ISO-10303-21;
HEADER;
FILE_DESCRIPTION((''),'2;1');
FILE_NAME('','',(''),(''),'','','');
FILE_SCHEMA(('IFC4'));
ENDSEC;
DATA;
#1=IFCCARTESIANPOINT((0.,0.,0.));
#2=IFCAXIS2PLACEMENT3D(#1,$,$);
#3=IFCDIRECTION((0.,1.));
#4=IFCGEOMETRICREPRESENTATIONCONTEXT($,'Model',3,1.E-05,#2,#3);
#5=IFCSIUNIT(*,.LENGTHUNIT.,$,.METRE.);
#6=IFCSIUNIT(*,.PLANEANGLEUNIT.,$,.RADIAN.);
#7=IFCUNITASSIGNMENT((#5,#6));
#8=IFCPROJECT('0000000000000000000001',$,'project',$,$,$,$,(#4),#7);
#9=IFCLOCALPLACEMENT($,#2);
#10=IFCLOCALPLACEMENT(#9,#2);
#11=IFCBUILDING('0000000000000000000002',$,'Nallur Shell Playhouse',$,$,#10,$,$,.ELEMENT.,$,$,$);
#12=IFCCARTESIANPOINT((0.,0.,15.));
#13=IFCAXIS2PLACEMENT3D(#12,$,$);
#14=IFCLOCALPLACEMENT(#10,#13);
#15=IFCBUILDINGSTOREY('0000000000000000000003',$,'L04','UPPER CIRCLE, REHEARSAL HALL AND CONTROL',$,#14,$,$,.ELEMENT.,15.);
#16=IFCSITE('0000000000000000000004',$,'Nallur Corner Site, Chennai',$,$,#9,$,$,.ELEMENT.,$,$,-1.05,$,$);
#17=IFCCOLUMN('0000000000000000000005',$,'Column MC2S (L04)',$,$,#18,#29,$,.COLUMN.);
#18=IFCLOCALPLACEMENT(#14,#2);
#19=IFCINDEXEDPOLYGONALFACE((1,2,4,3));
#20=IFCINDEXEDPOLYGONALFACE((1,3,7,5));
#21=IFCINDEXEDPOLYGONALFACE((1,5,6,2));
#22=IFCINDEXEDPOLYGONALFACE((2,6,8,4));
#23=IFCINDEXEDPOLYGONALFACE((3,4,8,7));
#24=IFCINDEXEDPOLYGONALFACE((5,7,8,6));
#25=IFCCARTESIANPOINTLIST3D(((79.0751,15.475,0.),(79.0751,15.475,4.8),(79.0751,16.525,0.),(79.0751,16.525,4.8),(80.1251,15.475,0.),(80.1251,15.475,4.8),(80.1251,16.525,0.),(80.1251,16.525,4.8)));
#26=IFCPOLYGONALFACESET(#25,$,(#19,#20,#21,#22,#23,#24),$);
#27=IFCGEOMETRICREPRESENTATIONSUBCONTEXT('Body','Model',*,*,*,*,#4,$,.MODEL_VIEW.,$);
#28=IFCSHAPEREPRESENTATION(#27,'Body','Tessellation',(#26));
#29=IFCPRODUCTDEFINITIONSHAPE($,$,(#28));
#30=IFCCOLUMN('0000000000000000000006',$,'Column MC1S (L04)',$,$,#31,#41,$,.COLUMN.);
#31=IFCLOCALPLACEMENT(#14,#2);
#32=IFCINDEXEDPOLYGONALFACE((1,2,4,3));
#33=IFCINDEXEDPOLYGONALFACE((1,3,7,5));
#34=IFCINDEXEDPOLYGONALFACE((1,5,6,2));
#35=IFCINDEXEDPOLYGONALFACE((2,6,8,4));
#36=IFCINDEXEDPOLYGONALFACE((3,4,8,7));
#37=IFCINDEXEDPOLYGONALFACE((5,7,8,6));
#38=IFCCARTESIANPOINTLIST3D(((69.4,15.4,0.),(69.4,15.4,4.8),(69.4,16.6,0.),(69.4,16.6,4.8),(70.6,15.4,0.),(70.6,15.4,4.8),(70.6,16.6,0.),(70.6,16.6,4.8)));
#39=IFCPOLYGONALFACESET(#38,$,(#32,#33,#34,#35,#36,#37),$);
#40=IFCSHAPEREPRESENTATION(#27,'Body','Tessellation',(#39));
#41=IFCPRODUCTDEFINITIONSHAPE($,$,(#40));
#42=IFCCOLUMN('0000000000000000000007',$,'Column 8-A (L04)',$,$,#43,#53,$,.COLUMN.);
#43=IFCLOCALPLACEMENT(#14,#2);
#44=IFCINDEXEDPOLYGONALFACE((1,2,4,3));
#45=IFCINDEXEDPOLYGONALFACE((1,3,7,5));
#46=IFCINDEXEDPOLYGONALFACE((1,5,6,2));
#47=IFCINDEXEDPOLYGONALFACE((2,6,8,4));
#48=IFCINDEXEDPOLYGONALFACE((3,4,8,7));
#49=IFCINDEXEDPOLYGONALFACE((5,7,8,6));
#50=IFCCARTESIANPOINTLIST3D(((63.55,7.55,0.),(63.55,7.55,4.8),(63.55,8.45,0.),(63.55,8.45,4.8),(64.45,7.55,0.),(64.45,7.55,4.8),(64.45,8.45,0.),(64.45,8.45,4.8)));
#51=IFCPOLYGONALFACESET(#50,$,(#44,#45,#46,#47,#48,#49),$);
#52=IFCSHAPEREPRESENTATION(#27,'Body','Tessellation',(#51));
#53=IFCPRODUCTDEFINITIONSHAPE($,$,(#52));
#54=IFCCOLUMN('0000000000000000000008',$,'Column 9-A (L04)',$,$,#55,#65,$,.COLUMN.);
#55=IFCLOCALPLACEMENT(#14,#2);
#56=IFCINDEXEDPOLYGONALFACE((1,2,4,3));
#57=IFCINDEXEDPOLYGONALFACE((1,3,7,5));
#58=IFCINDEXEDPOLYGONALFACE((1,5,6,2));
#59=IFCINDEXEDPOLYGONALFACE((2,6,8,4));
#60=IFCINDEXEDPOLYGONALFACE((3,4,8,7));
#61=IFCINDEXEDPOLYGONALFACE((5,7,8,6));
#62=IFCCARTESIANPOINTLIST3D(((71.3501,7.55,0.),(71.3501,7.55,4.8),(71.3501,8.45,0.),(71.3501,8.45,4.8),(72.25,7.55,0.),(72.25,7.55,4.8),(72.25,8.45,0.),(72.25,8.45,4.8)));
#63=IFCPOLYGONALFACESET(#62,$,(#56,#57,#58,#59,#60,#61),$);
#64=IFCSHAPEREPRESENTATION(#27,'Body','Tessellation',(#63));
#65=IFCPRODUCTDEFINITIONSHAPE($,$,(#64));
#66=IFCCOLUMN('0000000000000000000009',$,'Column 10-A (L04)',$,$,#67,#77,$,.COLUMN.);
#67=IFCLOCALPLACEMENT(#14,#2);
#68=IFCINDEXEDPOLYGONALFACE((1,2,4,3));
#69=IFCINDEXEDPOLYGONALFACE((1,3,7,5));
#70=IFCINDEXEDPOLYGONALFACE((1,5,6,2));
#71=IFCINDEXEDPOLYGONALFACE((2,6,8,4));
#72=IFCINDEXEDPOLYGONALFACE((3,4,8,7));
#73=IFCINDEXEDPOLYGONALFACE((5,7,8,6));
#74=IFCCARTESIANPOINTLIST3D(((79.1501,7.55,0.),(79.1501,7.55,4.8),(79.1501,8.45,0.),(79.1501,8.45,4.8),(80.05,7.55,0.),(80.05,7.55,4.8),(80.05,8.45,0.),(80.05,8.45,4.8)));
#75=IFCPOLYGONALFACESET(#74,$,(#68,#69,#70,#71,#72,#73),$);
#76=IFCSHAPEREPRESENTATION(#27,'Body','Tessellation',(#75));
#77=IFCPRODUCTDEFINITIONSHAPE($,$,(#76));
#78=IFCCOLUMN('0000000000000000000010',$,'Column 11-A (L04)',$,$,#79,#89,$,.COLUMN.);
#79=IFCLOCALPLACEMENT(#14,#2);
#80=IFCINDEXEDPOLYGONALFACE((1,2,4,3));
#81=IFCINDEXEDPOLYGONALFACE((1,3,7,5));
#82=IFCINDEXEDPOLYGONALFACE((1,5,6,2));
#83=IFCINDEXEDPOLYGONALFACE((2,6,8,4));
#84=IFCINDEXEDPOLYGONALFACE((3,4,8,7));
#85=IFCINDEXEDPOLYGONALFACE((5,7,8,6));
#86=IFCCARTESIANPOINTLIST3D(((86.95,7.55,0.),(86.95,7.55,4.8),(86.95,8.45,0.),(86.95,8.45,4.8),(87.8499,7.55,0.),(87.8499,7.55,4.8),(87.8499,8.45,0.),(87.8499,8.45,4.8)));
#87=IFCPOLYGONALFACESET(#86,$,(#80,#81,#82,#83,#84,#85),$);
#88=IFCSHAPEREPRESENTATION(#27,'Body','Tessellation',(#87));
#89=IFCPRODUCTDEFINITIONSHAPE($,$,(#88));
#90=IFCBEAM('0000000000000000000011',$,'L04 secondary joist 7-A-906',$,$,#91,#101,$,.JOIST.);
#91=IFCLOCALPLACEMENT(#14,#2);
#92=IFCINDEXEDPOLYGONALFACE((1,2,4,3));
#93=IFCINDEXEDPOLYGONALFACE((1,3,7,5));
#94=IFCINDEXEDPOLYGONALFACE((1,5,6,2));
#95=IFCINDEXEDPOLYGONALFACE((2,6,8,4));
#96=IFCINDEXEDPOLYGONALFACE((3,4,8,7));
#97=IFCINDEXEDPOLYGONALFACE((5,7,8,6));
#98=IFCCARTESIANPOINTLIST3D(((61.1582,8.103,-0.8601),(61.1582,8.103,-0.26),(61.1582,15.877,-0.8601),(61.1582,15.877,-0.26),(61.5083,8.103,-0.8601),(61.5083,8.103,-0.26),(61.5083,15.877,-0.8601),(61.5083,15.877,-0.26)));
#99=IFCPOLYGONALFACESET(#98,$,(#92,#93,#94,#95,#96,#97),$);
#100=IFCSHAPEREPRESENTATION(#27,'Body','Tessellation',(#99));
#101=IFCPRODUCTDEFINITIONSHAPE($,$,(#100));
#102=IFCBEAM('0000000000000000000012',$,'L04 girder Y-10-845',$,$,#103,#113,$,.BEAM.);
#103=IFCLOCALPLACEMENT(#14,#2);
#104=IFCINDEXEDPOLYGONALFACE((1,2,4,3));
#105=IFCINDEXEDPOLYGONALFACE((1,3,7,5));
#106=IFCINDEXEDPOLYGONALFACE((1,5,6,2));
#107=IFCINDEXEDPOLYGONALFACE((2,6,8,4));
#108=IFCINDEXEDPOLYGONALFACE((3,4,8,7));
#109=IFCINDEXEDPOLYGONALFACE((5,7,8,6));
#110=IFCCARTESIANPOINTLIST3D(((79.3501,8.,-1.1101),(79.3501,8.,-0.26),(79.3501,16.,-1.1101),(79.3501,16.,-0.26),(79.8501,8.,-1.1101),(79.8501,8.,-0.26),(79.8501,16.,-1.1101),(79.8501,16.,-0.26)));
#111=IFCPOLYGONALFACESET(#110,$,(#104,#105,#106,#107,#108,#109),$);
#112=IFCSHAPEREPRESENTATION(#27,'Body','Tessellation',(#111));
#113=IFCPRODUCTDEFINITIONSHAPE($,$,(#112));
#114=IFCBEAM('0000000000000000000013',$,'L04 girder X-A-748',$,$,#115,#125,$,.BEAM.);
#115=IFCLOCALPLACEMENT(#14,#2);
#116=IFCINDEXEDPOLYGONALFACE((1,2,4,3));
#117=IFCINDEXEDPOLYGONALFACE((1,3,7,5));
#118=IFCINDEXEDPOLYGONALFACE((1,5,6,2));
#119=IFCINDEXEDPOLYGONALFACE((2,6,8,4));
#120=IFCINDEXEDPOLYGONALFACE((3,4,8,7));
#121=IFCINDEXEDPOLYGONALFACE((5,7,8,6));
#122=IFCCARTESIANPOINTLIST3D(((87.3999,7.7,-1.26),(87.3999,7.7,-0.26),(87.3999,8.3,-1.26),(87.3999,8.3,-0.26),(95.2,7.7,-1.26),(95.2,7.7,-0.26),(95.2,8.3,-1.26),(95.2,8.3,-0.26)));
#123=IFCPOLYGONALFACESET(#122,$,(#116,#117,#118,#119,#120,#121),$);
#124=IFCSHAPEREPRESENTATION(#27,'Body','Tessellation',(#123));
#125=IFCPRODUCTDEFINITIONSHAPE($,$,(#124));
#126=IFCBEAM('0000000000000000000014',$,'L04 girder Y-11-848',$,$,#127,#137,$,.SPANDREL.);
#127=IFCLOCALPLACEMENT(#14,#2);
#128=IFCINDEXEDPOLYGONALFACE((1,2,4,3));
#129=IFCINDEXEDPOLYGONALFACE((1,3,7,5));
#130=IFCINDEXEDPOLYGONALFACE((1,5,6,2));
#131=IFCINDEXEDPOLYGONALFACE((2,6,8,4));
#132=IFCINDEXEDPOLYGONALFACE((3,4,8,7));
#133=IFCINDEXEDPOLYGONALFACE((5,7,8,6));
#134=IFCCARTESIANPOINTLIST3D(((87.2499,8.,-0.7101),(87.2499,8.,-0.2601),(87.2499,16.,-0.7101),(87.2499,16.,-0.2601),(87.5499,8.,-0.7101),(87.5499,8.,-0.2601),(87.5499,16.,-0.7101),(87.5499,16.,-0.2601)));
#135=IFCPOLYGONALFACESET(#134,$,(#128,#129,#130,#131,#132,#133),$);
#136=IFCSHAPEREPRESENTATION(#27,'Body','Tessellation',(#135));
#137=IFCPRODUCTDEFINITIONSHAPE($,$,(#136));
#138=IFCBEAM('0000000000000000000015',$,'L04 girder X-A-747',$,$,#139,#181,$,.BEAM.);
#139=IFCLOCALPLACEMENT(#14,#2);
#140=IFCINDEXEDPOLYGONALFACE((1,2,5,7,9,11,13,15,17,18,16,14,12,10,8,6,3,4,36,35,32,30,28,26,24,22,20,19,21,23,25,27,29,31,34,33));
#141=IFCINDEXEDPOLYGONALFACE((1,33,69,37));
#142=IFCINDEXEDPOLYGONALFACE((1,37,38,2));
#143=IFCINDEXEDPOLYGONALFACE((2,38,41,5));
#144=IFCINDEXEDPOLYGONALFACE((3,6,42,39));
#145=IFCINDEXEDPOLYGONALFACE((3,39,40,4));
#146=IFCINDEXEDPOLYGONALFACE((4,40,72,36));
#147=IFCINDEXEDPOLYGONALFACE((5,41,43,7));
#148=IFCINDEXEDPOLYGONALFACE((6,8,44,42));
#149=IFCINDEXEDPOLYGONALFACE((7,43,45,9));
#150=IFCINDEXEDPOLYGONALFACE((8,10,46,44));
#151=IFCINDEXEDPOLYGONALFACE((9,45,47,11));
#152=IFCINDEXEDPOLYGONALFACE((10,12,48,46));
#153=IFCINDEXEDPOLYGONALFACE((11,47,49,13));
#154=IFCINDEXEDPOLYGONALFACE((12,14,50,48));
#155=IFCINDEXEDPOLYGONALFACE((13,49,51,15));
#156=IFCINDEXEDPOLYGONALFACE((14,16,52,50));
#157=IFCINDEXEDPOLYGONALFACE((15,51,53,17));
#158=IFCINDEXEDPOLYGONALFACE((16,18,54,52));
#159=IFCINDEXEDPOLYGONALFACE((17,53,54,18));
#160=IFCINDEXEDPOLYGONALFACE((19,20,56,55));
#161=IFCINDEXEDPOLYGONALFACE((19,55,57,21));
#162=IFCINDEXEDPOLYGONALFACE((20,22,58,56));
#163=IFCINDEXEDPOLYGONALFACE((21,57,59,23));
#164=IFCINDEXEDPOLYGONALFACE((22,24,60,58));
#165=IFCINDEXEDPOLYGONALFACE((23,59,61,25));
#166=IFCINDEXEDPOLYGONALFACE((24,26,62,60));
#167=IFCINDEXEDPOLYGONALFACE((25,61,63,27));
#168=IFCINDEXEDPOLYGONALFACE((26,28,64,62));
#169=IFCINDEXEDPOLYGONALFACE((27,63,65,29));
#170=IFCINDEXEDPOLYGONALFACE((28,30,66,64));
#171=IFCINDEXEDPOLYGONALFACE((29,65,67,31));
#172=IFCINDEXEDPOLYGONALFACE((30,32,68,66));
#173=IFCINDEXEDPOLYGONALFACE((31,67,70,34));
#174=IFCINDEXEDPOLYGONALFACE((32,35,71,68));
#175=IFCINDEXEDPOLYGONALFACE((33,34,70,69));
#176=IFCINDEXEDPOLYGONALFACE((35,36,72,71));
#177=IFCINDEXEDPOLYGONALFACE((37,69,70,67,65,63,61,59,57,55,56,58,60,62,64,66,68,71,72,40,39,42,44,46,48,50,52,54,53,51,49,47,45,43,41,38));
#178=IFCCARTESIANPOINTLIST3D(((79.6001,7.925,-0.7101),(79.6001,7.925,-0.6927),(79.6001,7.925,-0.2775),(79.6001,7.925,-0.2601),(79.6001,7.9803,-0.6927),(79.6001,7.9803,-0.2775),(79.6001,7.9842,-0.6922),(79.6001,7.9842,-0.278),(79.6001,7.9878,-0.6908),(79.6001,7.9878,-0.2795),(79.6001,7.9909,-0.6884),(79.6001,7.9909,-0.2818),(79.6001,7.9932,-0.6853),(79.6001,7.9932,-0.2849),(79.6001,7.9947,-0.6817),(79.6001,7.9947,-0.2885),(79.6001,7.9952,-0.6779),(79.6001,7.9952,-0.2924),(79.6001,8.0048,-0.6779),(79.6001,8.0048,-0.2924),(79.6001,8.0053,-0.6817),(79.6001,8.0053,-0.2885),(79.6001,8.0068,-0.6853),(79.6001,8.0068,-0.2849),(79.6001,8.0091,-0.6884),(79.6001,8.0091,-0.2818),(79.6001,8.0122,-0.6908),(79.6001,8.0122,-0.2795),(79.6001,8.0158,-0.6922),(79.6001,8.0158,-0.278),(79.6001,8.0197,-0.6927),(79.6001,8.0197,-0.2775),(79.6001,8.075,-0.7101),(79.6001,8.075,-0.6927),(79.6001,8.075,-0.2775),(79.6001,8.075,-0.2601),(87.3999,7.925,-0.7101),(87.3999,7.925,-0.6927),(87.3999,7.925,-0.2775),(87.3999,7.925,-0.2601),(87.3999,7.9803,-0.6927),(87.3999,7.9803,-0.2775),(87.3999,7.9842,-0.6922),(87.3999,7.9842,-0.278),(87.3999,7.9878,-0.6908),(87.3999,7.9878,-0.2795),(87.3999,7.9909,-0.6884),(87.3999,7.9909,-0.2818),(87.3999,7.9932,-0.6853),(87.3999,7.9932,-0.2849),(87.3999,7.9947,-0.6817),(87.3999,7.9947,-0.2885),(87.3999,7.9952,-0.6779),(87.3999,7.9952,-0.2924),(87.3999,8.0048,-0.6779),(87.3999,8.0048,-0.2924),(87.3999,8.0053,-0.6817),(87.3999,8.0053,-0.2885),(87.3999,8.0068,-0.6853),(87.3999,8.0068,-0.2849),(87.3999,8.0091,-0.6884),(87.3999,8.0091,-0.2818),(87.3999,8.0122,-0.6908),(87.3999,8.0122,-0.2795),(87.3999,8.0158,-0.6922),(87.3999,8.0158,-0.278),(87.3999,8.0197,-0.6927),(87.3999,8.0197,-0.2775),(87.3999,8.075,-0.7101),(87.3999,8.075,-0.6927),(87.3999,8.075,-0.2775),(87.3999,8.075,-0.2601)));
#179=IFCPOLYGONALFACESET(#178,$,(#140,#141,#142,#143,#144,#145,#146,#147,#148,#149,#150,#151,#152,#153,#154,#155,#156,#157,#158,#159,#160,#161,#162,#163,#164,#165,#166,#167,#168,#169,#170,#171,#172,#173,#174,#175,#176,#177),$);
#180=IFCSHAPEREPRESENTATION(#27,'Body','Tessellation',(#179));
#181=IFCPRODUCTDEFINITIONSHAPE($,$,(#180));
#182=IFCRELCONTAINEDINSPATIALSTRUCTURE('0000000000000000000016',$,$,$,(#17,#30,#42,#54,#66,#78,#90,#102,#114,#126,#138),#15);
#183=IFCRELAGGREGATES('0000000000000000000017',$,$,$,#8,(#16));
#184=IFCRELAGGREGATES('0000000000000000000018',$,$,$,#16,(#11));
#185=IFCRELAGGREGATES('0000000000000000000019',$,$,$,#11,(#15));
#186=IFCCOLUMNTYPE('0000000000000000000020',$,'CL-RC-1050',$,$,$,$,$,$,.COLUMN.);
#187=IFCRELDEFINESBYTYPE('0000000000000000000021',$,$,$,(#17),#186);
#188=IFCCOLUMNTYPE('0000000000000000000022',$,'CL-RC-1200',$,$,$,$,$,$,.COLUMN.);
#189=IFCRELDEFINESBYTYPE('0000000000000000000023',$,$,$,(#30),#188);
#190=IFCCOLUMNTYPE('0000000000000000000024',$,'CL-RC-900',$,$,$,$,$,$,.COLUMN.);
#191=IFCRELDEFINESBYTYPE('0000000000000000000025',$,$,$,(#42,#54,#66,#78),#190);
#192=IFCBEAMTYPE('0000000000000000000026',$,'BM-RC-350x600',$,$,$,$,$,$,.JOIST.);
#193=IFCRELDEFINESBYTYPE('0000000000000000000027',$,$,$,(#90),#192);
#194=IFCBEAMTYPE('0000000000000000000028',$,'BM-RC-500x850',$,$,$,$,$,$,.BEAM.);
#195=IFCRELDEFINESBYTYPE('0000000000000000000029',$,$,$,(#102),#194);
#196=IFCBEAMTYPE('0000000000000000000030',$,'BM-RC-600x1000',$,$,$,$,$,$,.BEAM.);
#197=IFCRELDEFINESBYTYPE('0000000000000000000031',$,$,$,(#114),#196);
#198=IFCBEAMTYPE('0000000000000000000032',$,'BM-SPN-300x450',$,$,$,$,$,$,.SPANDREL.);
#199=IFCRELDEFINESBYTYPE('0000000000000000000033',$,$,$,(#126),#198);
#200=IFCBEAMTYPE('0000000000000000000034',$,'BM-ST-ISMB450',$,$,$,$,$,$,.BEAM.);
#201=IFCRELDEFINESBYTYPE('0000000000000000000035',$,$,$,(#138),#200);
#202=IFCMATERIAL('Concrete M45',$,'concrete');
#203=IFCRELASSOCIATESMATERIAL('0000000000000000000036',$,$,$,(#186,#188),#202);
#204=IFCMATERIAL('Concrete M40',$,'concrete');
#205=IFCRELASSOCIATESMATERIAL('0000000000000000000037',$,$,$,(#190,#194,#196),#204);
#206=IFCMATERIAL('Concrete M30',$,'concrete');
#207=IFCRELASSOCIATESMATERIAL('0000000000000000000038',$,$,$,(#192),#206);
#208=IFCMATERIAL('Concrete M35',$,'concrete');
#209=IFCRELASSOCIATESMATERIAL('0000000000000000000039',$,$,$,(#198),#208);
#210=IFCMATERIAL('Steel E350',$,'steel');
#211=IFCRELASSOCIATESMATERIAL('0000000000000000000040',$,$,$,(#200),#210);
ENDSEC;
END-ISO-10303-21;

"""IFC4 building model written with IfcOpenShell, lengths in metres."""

from ifc_helpers import new_model, si_unit, direction, frame, origin, origin_2d, place, context, subcontext, project, spatial, rectangle, i_section, extrude, material, material_profile, profile_set, type_object, element, save


model = new_model("IFC4")

# Units and contexts
model_context = context("Model", 3, precision=1e-05, world=origin(), true_north=direction((0.0, 1.0)))
body_context = subcontext(model_context, "Body", "Model", "MODEL_VIEW")
ifc_project = project(units=[si_unit("LENGTHUNIT", "METRE"), si_unit("PLANEANGLEUNIT", "RADIAN")], contexts=[model_context])

# Site, building, storey
site_placement = place(None, origin())
site = spatial("IfcSite", under=ifc_project, at=site_placement, Name="Nallur Corner Site, Chennai", CompositionType="ELEMENT", RefElevation=-1.05)
building_placement = place(site_placement, origin())
building = spatial("IfcBuilding", under=site, at=building_placement, Name="Nallur Shell Playhouse", CompositionType="ELEMENT")
storey_placement = place(building_placement, frame((0.0, 0.0, 15.0)))
storey = spatial("IfcBuildingStorey", under=building, at=storey_placement, Name="L04", Description="UPPER CIRCLE, REHEARSAL HALL AND CONTROL", CompositionType="ELEMENT", Elevation=15.0)

# Columns
ifc_material_1 = material(Name="Concrete M45", Category="concrete")
ifc_material_profile_1 = material_profile(ifc_material_1, rectangle(XDim=1.05, YDim=1.05, at=origin_2d()), Name="RC 1050x1050")
ifc_profile_set_1 = profile_set([ifc_material_profile_1], Name="Concrete M45")
column_type_1 = type_object("IfcColumnType", Name="CL-RC-1050", PredefinedType="COLUMN", material=ifc_profile_set_1)
column_1_placement = place(storey_placement, frame((79.6001, 16.0, 0.0), z_axis=(0.0, 0.0, 1.0), x_axis=(1.0, 0.0, 0.0)))
element("IfcColumn", 1, at=column_1_placement, inside=storey, type_object=column_type_1, Name="Column MC2S (L04)", PredefinedType="COLUMN", context=body_context, shape_type="SweptSolid", body=[
    extrude(rectangle(XDim=1.05, YDim=1.05, at=origin_2d()), origin(), (0.0, 0.0, 1.0), 4.8),
])
ifc_material_profile_2 = material_profile(ifc_material_1, rectangle(XDim=1.2, YDim=1.2, at=origin_2d()), Name="RC 1200x1200")
ifc_profile_set_2 = profile_set([ifc_material_profile_2], Name="Concrete M45")
column_type_2 = type_object("IfcColumnType", Name="CL-RC-1200", PredefinedType="COLUMN", material=ifc_profile_set_2)
column_2_placement = place(storey_placement, frame((70.0, 16.0, 0.0), z_axis=(0.0, 0.0, 1.0), x_axis=(1.0, 0.0, 0.0)))
element("IfcColumn", 2, at=column_2_placement, inside=storey, type_object=column_type_2, Name="Column MC1S (L04)", PredefinedType="COLUMN", context=body_context, shape_type="SweptSolid", body=[
    extrude(rectangle(XDim=1.2, YDim=1.2, at=origin_2d()), origin(), (0.0, 0.0, 1.0), 4.8),
])
ifc_material_2 = material(Name="Concrete M40", Category="concrete")
ifc_material_profile_3 = material_profile(ifc_material_2, rectangle(XDim=0.8999, YDim=0.8999, at=origin_2d()), Name="RC 900x900")
ifc_profile_set_3 = profile_set([ifc_material_profile_3], Name="Concrete M40")
column_type_3 = type_object("IfcColumnType", Name="CL-RC-900", PredefinedType="COLUMN", material=ifc_profile_set_3)
for number, where, z_axis, x_axis, name in (
    (3, (64.0, 8.0, 0.0), (0.0, 0.0, 1.0), (1.0, 0.0, 0.0), "Column 8-A (L04)"),
    (4, (71.8, 8.0, 0.0), (0.0, 0.0, 1.0), (1.0, 0.0, 0.0), "Column 9-A (L04)"),
    (5, (79.6001, 8.0, 0.0), (0.0, 0.0, 1.0), (1.0, 0.0, 0.0), "Column 10-A (L04)"),
    (6, (87.3999, 8.0, 0.0), (0.0, 0.0, 1.0), (1.0, 0.0, 0.0), "Column 11-A (L04)"),
):
    element("IfcColumn", number, at=place(storey_placement, frame(where, z_axis=z_axis, x_axis=x_axis)), inside=storey, type_object=column_type_3, Name=name, PredefinedType="COLUMN", context=body_context, shape_type="SweptSolid", body=[
        extrude(rectangle(XDim=0.8999, YDim=0.8999, at=origin_2d()), origin(), (0.0, 0.0, 1.0), 4.8),
    ])

# Beams
ifc_material_3 = material(Name="Concrete M30", Category="concrete")
ifc_material_profile_4 = material_profile(ifc_material_3, rectangle(XDim=0.3501, YDim=0.6001, at=origin_2d()), Name="RC 350x600")
ifc_profile_set_4 = profile_set([ifc_material_profile_4], Name="Concrete M30")
beam_type_1 = type_object("IfcBeamType", Name="BM-RC-350x600", PredefinedType="JOIST", material=ifc_profile_set_4)
beam_1_placement = place(storey_placement, frame((61.3333, 8.103, -0.5601), z_axis=(0.0, 1.0, 0.0), x_axis=(-1.0, 0.0, 0.0)))
element("IfcBeam", 7, at=beam_1_placement, inside=storey, type_object=beam_type_1, Name="L04 secondary joist 7-A-906", PredefinedType="JOIST", context=body_context, shape_type="SweptSolid", body=[
    extrude(rectangle(XDim=0.3501, YDim=0.6001, at=origin_2d()), origin(), (0.0, 0.0, 1.0), 7.7739),
])
ifc_material_profile_5 = material_profile(ifc_material_2, rectangle(XDim=0.5, YDim=0.8501, at=origin_2d()), Name="RC 500x850")
ifc_profile_set_5 = profile_set([ifc_material_profile_5], Name="Concrete M40")
beam_type_2 = type_object("IfcBeamType", Name="BM-RC-500x850", PredefinedType="BEAM", material=ifc_profile_set_5)
beam_2_placement = place(storey_placement, frame((79.6001, 8.0, -0.6851), z_axis=(0.0, 1.0, 0.0), x_axis=(-1.0, 0.0, 0.0)))
element("IfcBeam", 8, at=beam_2_placement, inside=storey, type_object=beam_type_2, Name="L04 girder Y-10-845", PredefinedType="BEAM", context=body_context, shape_type="SweptSolid", body=[
    extrude(rectangle(XDim=0.5, YDim=0.8501, at=origin_2d()), origin(), (0.0, 0.0, 1.0), 8.0),
])
ifc_material_profile_6 = material_profile(ifc_material_2, rectangle(XDim=0.6001, YDim=1.0, at=origin_2d()), Name="RC 600x1000")
ifc_profile_set_6 = profile_set([ifc_material_profile_6], Name="Concrete M40")
beam_type_3 = type_object("IfcBeamType", Name="BM-RC-600x1000", PredefinedType="BEAM", material=ifc_profile_set_6)
beam_3_placement = place(storey_placement, frame((87.3999, 8.0, -0.76), z_axis=(1.0, 0.0, 0.0), x_axis=(0.0, 1.0, 0.0)))
element("IfcBeam", 9, at=beam_3_placement, inside=storey, type_object=beam_type_3, Name="L04 girder X-A-748", PredefinedType="BEAM", context=body_context, shape_type="SweptSolid", body=[
    extrude(rectangle(XDim=0.6001, YDim=1.0, at=origin_2d()), origin(), (0.0, 0.0, 1.0), 7.8),
])
ifc_material_4 = material(Name="Concrete M35", Category="concrete")
ifc_material_profile_7 = material_profile(ifc_material_4, rectangle(XDim=0.3, YDim=0.45, at=origin_2d()), Name="RC 300x450")
ifc_profile_set_7 = profile_set([ifc_material_profile_7], Name="Concrete M35")
beam_type_4 = type_object("IfcBeamType", Name="BM-SPN-300x450", PredefinedType="SPANDREL", material=ifc_profile_set_7)
beam_4_placement = place(storey_placement, frame((87.3999, 8.0, -0.4851), z_axis=(0.0, 1.0, 0.0), x_axis=(-1.0, 0.0, 0.0)))
element("IfcBeam", 10, at=beam_4_placement, inside=storey, type_object=beam_type_4, Name="L04 girder Y-11-848", PredefinedType="SPANDREL", context=body_context, shape_type="SweptSolid", body=[
    extrude(rectangle(XDim=0.3, YDim=0.45, at=origin_2d()), origin(), (0.0, 0.0, 1.0), 8.0),
])
ifc_material_5 = material(Name="Steel E350", Category="steel")
ifc_material_profile_8 = material_profile(ifc_material_5, i_section(OverallWidth=0.1499, OverallDepth=0.45, WebThickness=0.0095, FlangeThickness=0.0173, FilletRadius=0.0149, at=origin_2d()), Name="ISMB 450")
ifc_profile_set_8 = profile_set([ifc_material_profile_8], Name="Steel E350")
beam_type_5 = type_object("IfcBeamType", Name="BM-ST-ISMB450", PredefinedType="BEAM", material=ifc_profile_set_8)
beam_5_placement = place(storey_placement, frame((79.6001, 8.0, -0.4851), z_axis=(1.0, 0.0, 0.0), x_axis=(0.0, 1.0, 0.0)))
element("IfcBeam", 11, at=beam_5_placement, inside=storey, type_object=beam_type_5, Name="L04 girder X-A-747", PredefinedType="BEAM", context=body_context, shape_type="SweptSolid", body=[
    extrude(i_section(OverallWidth=0.1499, OverallDepth=0.45, WebThickness=0.0095, FlangeThickness=0.0173, FilletRadius=0.0149, at=origin_2d()), origin(), (0.0, 0.0, 1.0), 7.7998),
])

save(model, "model.ifc")
